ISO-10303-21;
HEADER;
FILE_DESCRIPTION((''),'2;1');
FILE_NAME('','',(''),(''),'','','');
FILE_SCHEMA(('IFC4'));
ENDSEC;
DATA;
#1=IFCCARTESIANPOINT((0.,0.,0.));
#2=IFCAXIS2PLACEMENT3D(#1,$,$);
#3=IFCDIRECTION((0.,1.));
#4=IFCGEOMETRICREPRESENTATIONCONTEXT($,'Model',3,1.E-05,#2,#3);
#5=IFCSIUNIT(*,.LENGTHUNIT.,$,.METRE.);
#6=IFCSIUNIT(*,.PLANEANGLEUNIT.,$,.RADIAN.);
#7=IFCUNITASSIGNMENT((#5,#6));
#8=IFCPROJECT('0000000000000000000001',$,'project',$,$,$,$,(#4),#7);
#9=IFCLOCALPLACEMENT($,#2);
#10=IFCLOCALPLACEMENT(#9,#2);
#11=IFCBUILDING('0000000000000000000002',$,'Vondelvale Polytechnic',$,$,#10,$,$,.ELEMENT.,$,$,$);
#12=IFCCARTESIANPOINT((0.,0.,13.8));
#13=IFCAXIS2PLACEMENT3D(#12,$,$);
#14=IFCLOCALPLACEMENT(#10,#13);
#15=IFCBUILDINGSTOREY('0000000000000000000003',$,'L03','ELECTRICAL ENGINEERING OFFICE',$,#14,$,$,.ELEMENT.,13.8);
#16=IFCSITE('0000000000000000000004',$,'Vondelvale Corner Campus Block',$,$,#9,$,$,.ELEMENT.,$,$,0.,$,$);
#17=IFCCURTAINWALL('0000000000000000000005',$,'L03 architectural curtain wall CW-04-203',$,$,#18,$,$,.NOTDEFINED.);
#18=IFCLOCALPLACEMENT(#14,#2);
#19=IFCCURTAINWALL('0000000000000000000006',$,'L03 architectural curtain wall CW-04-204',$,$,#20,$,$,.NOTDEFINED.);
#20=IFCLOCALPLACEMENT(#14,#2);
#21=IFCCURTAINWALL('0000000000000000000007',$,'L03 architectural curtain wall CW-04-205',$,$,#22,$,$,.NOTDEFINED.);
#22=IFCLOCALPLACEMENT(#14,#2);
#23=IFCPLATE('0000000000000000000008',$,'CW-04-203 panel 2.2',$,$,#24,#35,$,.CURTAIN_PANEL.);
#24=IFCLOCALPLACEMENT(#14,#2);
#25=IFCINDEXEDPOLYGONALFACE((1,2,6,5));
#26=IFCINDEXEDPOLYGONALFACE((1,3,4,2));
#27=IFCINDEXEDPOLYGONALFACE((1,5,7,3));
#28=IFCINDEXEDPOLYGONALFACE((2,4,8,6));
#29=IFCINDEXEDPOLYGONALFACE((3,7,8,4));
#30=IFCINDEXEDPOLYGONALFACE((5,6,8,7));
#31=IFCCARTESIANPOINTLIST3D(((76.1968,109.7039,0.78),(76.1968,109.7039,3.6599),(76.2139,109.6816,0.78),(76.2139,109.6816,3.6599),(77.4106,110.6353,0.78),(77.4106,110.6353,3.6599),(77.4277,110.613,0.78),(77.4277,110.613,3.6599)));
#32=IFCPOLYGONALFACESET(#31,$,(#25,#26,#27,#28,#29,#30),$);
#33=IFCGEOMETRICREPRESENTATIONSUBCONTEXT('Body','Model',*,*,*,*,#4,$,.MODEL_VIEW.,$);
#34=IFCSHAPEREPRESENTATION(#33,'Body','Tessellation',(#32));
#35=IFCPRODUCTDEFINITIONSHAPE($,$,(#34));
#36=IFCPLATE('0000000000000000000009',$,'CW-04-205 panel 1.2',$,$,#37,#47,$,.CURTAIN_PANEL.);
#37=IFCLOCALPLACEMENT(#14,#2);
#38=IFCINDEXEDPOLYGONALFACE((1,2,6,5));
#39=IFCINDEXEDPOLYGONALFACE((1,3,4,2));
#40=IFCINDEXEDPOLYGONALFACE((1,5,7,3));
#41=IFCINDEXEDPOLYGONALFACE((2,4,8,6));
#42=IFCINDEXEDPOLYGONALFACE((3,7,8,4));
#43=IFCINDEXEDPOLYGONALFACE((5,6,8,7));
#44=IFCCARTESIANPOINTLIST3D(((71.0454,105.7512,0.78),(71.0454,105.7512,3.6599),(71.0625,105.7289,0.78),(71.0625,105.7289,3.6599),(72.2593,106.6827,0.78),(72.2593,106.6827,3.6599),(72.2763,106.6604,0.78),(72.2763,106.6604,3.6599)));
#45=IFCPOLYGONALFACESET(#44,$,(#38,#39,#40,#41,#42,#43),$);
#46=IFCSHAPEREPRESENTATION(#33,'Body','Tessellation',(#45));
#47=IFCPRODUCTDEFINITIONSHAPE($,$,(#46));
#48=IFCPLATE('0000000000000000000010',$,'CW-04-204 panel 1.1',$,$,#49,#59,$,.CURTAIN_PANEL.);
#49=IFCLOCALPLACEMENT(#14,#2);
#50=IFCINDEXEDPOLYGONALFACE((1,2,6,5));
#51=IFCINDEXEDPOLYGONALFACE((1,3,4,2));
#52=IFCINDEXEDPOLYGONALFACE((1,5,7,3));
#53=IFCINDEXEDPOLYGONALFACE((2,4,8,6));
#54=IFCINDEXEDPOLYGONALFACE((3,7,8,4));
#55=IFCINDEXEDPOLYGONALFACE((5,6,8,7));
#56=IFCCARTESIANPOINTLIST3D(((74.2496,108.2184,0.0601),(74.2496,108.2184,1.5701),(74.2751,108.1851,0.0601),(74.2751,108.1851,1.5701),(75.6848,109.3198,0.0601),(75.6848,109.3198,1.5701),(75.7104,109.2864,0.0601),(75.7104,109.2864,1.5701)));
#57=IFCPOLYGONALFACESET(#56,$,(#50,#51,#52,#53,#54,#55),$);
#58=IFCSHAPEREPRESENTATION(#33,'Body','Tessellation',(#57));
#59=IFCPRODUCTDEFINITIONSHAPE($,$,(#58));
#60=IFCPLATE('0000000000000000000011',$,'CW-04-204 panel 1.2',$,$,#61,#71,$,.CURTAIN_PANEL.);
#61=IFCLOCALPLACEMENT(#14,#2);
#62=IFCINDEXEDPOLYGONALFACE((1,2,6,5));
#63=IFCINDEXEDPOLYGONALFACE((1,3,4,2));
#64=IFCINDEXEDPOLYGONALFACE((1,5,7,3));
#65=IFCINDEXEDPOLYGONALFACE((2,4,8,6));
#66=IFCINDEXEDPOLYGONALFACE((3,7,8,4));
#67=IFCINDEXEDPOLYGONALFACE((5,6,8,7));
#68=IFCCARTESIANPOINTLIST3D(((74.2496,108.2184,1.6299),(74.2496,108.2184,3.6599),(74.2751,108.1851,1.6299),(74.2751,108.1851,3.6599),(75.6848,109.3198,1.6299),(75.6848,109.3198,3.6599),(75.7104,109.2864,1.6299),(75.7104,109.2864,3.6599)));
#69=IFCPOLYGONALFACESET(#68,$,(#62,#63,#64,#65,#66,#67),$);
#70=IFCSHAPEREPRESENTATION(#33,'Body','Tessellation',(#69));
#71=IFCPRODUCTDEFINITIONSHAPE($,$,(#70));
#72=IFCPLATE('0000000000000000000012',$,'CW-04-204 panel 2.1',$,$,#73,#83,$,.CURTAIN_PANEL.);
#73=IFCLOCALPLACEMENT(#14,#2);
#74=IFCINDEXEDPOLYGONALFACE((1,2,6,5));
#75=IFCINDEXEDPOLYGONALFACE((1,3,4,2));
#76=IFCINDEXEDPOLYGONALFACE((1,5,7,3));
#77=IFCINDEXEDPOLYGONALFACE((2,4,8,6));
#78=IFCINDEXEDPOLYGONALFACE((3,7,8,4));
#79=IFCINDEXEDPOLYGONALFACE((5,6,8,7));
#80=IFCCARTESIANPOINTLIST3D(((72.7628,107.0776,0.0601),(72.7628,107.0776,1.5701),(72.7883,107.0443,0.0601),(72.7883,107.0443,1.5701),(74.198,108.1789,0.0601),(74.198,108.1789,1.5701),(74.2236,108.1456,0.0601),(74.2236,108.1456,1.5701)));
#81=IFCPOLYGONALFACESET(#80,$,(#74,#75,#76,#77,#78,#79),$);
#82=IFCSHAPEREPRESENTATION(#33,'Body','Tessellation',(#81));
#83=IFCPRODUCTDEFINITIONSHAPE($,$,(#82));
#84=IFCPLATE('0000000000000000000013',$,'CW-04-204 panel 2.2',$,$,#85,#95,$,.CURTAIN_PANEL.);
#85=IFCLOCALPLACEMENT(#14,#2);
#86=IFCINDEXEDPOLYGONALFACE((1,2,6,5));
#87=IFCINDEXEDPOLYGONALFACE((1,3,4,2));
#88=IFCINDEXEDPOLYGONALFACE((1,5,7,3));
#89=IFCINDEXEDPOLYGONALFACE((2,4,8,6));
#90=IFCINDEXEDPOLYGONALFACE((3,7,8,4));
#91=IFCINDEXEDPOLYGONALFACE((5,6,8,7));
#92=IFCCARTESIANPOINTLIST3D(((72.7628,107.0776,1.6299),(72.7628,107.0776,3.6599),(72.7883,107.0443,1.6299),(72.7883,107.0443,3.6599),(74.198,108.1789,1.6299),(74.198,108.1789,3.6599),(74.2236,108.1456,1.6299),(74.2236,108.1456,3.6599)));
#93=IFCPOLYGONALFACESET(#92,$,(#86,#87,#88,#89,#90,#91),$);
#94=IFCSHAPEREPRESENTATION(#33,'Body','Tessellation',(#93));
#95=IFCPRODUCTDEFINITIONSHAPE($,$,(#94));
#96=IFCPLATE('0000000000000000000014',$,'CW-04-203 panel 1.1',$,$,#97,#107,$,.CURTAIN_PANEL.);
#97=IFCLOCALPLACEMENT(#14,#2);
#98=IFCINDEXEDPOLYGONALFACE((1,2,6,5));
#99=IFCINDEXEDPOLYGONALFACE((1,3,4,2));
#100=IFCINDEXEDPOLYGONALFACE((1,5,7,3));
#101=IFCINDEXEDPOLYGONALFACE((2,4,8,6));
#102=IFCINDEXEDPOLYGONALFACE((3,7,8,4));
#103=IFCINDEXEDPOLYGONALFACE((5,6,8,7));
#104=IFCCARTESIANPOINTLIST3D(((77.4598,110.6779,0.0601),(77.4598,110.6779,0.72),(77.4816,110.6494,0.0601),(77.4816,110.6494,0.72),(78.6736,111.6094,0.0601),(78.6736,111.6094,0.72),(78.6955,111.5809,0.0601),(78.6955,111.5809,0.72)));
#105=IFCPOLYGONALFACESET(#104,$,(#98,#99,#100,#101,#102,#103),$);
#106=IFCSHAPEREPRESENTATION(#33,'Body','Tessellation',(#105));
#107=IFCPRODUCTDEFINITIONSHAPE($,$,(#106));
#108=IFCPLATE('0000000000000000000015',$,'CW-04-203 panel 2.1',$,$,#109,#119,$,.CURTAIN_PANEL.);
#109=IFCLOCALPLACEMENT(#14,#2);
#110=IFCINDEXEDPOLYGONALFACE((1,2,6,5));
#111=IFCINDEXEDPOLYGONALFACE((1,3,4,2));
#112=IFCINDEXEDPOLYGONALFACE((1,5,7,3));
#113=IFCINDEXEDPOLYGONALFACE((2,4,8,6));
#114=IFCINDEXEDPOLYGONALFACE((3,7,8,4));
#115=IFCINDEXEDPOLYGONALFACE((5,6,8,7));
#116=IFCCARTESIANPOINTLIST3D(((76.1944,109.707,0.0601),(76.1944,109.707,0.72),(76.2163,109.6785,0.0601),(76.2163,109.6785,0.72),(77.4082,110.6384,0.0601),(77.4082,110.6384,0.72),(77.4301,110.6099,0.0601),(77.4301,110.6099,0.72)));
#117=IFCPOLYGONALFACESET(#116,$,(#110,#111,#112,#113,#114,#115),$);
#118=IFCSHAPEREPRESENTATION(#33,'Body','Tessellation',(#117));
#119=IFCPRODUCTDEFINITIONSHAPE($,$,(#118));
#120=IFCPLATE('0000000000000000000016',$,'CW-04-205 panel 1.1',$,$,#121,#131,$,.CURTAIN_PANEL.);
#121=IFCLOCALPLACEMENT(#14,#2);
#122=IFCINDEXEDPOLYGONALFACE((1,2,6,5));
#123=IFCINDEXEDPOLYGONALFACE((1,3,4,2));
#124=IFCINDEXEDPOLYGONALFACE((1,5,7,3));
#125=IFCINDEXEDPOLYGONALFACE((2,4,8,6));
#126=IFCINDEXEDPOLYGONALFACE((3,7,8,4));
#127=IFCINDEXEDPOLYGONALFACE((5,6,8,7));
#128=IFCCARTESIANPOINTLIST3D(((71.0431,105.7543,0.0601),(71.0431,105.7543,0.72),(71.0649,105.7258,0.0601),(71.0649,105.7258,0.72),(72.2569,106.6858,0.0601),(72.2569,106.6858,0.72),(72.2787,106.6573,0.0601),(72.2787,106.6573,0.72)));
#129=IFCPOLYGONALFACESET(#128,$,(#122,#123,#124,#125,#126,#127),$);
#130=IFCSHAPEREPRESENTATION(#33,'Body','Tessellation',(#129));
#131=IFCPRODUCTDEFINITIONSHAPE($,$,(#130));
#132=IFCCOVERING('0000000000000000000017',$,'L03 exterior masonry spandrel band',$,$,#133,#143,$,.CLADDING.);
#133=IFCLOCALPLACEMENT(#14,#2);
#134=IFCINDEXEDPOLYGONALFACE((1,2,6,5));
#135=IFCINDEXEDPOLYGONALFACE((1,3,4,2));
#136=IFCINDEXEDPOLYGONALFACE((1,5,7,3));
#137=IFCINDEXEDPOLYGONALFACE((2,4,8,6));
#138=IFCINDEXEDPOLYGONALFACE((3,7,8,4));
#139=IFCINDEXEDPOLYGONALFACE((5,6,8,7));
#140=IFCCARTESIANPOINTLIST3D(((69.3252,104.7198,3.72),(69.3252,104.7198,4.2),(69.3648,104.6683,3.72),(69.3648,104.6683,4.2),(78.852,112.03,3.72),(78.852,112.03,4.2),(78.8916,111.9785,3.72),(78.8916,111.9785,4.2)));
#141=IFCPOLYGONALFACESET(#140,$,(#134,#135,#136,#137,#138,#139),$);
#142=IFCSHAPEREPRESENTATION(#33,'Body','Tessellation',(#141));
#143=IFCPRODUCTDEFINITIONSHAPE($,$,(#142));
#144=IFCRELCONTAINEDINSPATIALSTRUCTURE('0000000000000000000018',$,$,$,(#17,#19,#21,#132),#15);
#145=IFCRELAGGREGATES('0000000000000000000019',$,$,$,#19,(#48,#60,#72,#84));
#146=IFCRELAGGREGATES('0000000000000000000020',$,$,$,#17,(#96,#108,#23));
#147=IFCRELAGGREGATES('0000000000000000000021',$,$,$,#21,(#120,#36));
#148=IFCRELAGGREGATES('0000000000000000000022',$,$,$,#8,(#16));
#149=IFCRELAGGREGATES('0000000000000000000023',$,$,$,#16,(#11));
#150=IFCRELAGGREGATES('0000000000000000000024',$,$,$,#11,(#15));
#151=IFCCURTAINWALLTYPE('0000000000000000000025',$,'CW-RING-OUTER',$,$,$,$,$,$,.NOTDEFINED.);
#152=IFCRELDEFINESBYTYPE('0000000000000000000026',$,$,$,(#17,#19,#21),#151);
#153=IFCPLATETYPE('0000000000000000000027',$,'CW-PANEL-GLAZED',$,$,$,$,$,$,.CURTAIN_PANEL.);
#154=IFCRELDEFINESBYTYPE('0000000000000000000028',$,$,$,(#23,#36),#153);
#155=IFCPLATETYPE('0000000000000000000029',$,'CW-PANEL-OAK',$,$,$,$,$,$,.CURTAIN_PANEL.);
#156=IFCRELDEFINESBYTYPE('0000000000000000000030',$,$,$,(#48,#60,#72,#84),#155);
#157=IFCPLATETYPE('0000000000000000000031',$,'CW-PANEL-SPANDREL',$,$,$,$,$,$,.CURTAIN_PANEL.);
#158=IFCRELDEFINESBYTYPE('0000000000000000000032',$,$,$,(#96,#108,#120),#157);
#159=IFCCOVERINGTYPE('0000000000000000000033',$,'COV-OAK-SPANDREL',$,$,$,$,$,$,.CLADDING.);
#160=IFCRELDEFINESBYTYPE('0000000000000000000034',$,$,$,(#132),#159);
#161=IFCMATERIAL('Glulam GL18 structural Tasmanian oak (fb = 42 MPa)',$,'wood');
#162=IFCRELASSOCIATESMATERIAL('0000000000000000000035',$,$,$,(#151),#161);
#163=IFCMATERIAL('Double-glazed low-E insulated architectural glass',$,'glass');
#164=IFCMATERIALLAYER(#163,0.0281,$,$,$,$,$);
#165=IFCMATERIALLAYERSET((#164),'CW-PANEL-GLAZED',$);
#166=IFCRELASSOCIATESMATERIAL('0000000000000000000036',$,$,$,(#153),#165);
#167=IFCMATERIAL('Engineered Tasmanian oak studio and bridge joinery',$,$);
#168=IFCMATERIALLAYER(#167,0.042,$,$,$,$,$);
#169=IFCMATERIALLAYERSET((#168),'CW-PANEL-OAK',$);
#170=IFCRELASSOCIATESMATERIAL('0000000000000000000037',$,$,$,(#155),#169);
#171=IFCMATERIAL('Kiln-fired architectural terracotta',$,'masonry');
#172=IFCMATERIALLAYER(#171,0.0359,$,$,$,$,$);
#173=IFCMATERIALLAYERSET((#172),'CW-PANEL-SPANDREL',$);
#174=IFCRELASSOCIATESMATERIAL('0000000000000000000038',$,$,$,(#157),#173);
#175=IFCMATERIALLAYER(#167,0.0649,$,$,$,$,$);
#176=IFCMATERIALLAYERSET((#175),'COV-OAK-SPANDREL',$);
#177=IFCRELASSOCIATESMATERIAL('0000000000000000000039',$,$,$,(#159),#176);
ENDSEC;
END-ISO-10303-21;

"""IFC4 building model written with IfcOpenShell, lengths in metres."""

from ifc_helpers import new_model, si_unit, direction, frame, origin, origin_2d, place, context, subcontext, project, spatial, rectangle, extrude, material, layer, layer_set, type_object, element, aggregate, save


model = new_model("IFC4")

# Units and contexts
model_context = context("Model", 3, precision=1e-05, world=origin(), true_north=direction((0.0, 1.0)))
body_context = subcontext(model_context, "Body", "Model", "MODEL_VIEW")
ifc_project = project(units=[si_unit("LENGTHUNIT", "METRE"), si_unit("PLANEANGLEUNIT", "RADIAN")], contexts=[model_context])

# Site, building, storey
site_placement = place(None, origin())
site = spatial("IfcSite", under=ifc_project, at=site_placement, Name="Vondelvale Corner Campus Block", CompositionType="ELEMENT", RefElevation=0.0)
building_placement = place(site_placement, origin())
building = spatial("IfcBuilding", under=site, at=building_placement, Name="Vondelvale Polytechnic", CompositionType="ELEMENT")
storey_placement = place(building_placement, frame((0.0, 0.0, 13.8)))
storey = spatial("IfcBuildingStorey", under=building, at=storey_placement, Name="L03", Description="ELECTRICAL ENGINEERING OFFICE", CompositionType="ELEMENT", Elevation=13.8)

# Shared definitions
ifc_material_1 = material(Name="Glulam GL18 structural Tasmanian oak (fb = 42 MPa)", Category="wood")

# Curtain walls
curtain_wall_type = type_object("IfcCurtainWallType", Name="CW-RING-OUTER", PredefinedType="NOTDEFINED", material=ifc_material_1)
curtain_wall_1_placement = place(storey_placement, origin())
curtain_wall_1 = element("IfcCurtainWall", 1, at=curtain_wall_1_placement, inside=storey, type_object=curtain_wall_type, Name="L03 architectural curtain wall CW-04-203", PredefinedType="NOTDEFINED")
curtain_wall_2_placement = place(storey_placement, origin())
curtain_wall_2 = element("IfcCurtainWall", 2, at=curtain_wall_2_placement, inside=storey, type_object=curtain_wall_type, Name="L03 architectural curtain wall CW-04-204", PredefinedType="NOTDEFINED")
curtain_wall_3_placement = place(storey_placement, origin())
curtain_wall_3 = element("IfcCurtainWall", 3, at=curtain_wall_3_placement, inside=storey, type_object=curtain_wall_type, Name="L03 architectural curtain wall CW-04-205", PredefinedType="NOTDEFINED")

# Plates
ifc_material_2 = material(Name="Double-glazed low-E insulated architectural glass", Category="glass")
ifc_layer_1 = layer(ifc_material_2, 0.0281)
ifc_layer_set_1 = layer_set([ifc_layer_1], Name="CW-PANEL-GLAZED")
plate_type_1 = type_object("IfcPlateType", Name="CW-PANEL-GLAZED", PredefinedType="CURTAIN_PANEL", material=ifc_layer_set_1)
plate_1_placement = place(storey_placement, frame((76.8123, 110.1584, 0.78), z_axis=(0.0, 0.0, 1.0), x_axis=(-0.793334, -0.608787, 0.0)))
plate_1 = element("IfcPlate", 4, at=plate_1_placement, type_object=plate_type_1, Name="CW-04-203 panel 2.2", PredefinedType="CURTAIN_PANEL", context=body_context, shape_type="SweptSolid", body=[
    extrude(rectangle(XDim=1.53, YDim=0.0281, at=origin_2d()), origin(), (0.0, 0.0, 1.0), 2.8799),
])
plate_2_placement = place(storey_placement, frame((71.6609, 106.2058, 0.78), z_axis=(0.0, 0.0, 1.0), x_axis=(-0.793334, -0.608787, 0.0)))
plate_2 = element("IfcPlate", 5, at=plate_2_placement, type_object=plate_type_1, Name="CW-04-205 panel 1.2", PredefinedType="CURTAIN_PANEL", context=body_context, shape_type="SweptSolid", body=[
    extrude(rectangle(XDim=1.53, YDim=0.0281, at=origin_2d()), origin(), (0.0, 0.0, 1.0), 2.8799),
])
ifc_material_3 = material(Name="Engineered Tasmanian oak studio and bridge joinery")
ifc_layer_2 = layer(ifc_material_3, 0.042)
ifc_layer_set_2 = layer_set([ifc_layer_2], Name="CW-PANEL-OAK")
plate_type_2 = type_object("IfcPlateType", Name="CW-PANEL-OAK", PredefinedType="CURTAIN_PANEL", material=ifc_layer_set_2)
plate_3_placement = place(storey_placement, frame((74.98, 108.7524, 0.0601), z_axis=(0.0, 0.0, 1.0), x_axis=(-0.793346, -0.608771, 0.0)))
plate_3 = element("IfcPlate", 6, at=plate_3_placement, type_object=plate_type_2, Name="CW-04-204 panel 1.1", PredefinedType="CURTAIN_PANEL", context=body_context, shape_type="SweptSolid", body=[
    extrude(rectangle(XDim=1.8091, YDim=0.042, at=origin_2d()), origin(), (0.0, 0.0, 1.0), 1.51),
])
plate_4_placement = place(storey_placement, frame((74.98, 108.7524, 1.6299), z_axis=(0.0, 0.0, 1.0), x_axis=(-0.793346, -0.608771, 0.0)))
plate_4 = element("IfcPlate", 7, at=plate_4_placement, type_object=plate_type_2, Name="CW-04-204 panel 1.2", PredefinedType="CURTAIN_PANEL", context=body_context, shape_type="SweptSolid", body=[
    extrude(rectangle(XDim=1.8091, YDim=0.042, at=origin_2d()), origin(), (0.0, 0.0, 1.0), 2.03),
])
plate_5_placement = place(storey_placement, frame((73.4932, 107.6116, 0.0601), z_axis=(0.0, 0.0, 1.0), x_axis=(-0.793346, -0.608771, 0.0)))
plate_5 = element("IfcPlate", 8, at=plate_5_placement, type_object=plate_type_2, Name="CW-04-204 panel 2.1", PredefinedType="CURTAIN_PANEL", context=body_context, shape_type="SweptSolid", body=[
    extrude(rectangle(XDim=1.8091, YDim=0.042, at=origin_2d()), origin(), (0.0, 0.0, 1.0), 1.51),
])
plate_6_placement = place(storey_placement, frame((73.4932, 107.6116, 1.6299), z_axis=(0.0, 0.0, 1.0), x_axis=(-0.793346, -0.608771, 0.0)))
plate_6 = element("IfcPlate", 9, at=plate_6_placement, type_object=plate_type_2, Name="CW-04-204 panel 2.2", PredefinedType="CURTAIN_PANEL", context=body_context, shape_type="SweptSolid", body=[
    extrude(rectangle(XDim=1.8091, YDim=0.042, at=origin_2d()), origin(), (0.0, 0.0, 1.0), 2.03),
])
aggregate(curtain_wall_2, [plate_3, plate_4, plate_5, plate_6])
ifc_material_4 = material(Name="Kiln-fired architectural terracotta", Category="masonry")
ifc_layer_3 = layer(ifc_material_4, 0.0359)
ifc_layer_set_3 = layer_set([ifc_layer_3], Name="CW-PANEL-SPANDREL")
plate_type_3 = type_object("IfcPlateType", Name="CW-PANEL-SPANDREL", PredefinedType="CURTAIN_PANEL", material=ifc_layer_set_3)
plate_7_placement = place(storey_placement, frame((78.0776, 111.1294, 0.0601), z_axis=(0.0, 0.0, 1.0), x_axis=(-0.793334, -0.608787, 0.0)))
plate_7 = element("IfcPlate", 10, at=plate_7_placement, type_object=plate_type_3, Name="CW-04-203 panel 1.1", PredefinedType="CURTAIN_PANEL", context=body_context, shape_type="SweptSolid", body=[
    extrude(rectangle(XDim=1.53, YDim=0.0359, at=origin_2d()), origin(), (0.0, 0.0, 1.0), 0.6599),
])
plate_8_placement = place(storey_placement, frame((76.8123, 110.1584, 0.0601), z_axis=(0.0, 0.0, 1.0), x_axis=(-0.793334, -0.608787, 0.0)))
plate_8 = element("IfcPlate", 11, at=plate_8_placement, type_object=plate_type_3, Name="CW-04-203 panel 2.1", PredefinedType="CURTAIN_PANEL", context=body_context, shape_type="SweptSolid", body=[
    extrude(rectangle(XDim=1.53, YDim=0.0359, at=origin_2d()), origin(), (0.0, 0.0, 1.0), 0.6599),
])
aggregate(curtain_wall_1, [plate_7, plate_8, plate_1])
plate_9_placement = place(storey_placement, frame((71.6609, 106.2058, 0.0601), z_axis=(0.0, 0.0, 1.0), x_axis=(-0.793334, -0.608787, 0.0)))
plate_9 = element("IfcPlate", 12, at=plate_9_placement, type_object=plate_type_3, Name="CW-04-205 panel 1.1", PredefinedType="CURTAIN_PANEL", context=body_context, shape_type="SweptSolid", body=[
    extrude(rectangle(XDim=1.53, YDim=0.0359, at=origin_2d()), origin(), (0.0, 0.0, 1.0), 0.6599),
])
aggregate(curtain_wall_3, [plate_9, plate_2])

# Covering
ifc_layer_4 = layer(ifc_material_3, 0.0649)
ifc_layer_set_4 = layer_set([ifc_layer_4], Name="COV-OAK-SPANDREL")
covering_type = type_object("IfcCoveringType", Name="COV-OAK-SPANDREL", PredefinedType="CLADDING", material=ifc_layer_set_4)
covering_placement = place(storey_placement, frame((74.1084, 108.3491, 3.72), z_axis=(0.0, 0.0, 1.0), x_axis=(-0.793353, -0.608761, 0.0)))
element("IfcCovering", 13, at=covering_placement, inside=storey, type_object=covering_type, Name="L03 exterior masonry spandrel band", PredefinedType="CLADDING", context=body_context, shape_type="SweptSolid", body=[
    extrude(rectangle(XDim=12.0083, YDim=0.0649, at=origin_2d()), origin(), (0.0, 0.0, 1.0), 0.48),
])

save(model, "model.ifc")
